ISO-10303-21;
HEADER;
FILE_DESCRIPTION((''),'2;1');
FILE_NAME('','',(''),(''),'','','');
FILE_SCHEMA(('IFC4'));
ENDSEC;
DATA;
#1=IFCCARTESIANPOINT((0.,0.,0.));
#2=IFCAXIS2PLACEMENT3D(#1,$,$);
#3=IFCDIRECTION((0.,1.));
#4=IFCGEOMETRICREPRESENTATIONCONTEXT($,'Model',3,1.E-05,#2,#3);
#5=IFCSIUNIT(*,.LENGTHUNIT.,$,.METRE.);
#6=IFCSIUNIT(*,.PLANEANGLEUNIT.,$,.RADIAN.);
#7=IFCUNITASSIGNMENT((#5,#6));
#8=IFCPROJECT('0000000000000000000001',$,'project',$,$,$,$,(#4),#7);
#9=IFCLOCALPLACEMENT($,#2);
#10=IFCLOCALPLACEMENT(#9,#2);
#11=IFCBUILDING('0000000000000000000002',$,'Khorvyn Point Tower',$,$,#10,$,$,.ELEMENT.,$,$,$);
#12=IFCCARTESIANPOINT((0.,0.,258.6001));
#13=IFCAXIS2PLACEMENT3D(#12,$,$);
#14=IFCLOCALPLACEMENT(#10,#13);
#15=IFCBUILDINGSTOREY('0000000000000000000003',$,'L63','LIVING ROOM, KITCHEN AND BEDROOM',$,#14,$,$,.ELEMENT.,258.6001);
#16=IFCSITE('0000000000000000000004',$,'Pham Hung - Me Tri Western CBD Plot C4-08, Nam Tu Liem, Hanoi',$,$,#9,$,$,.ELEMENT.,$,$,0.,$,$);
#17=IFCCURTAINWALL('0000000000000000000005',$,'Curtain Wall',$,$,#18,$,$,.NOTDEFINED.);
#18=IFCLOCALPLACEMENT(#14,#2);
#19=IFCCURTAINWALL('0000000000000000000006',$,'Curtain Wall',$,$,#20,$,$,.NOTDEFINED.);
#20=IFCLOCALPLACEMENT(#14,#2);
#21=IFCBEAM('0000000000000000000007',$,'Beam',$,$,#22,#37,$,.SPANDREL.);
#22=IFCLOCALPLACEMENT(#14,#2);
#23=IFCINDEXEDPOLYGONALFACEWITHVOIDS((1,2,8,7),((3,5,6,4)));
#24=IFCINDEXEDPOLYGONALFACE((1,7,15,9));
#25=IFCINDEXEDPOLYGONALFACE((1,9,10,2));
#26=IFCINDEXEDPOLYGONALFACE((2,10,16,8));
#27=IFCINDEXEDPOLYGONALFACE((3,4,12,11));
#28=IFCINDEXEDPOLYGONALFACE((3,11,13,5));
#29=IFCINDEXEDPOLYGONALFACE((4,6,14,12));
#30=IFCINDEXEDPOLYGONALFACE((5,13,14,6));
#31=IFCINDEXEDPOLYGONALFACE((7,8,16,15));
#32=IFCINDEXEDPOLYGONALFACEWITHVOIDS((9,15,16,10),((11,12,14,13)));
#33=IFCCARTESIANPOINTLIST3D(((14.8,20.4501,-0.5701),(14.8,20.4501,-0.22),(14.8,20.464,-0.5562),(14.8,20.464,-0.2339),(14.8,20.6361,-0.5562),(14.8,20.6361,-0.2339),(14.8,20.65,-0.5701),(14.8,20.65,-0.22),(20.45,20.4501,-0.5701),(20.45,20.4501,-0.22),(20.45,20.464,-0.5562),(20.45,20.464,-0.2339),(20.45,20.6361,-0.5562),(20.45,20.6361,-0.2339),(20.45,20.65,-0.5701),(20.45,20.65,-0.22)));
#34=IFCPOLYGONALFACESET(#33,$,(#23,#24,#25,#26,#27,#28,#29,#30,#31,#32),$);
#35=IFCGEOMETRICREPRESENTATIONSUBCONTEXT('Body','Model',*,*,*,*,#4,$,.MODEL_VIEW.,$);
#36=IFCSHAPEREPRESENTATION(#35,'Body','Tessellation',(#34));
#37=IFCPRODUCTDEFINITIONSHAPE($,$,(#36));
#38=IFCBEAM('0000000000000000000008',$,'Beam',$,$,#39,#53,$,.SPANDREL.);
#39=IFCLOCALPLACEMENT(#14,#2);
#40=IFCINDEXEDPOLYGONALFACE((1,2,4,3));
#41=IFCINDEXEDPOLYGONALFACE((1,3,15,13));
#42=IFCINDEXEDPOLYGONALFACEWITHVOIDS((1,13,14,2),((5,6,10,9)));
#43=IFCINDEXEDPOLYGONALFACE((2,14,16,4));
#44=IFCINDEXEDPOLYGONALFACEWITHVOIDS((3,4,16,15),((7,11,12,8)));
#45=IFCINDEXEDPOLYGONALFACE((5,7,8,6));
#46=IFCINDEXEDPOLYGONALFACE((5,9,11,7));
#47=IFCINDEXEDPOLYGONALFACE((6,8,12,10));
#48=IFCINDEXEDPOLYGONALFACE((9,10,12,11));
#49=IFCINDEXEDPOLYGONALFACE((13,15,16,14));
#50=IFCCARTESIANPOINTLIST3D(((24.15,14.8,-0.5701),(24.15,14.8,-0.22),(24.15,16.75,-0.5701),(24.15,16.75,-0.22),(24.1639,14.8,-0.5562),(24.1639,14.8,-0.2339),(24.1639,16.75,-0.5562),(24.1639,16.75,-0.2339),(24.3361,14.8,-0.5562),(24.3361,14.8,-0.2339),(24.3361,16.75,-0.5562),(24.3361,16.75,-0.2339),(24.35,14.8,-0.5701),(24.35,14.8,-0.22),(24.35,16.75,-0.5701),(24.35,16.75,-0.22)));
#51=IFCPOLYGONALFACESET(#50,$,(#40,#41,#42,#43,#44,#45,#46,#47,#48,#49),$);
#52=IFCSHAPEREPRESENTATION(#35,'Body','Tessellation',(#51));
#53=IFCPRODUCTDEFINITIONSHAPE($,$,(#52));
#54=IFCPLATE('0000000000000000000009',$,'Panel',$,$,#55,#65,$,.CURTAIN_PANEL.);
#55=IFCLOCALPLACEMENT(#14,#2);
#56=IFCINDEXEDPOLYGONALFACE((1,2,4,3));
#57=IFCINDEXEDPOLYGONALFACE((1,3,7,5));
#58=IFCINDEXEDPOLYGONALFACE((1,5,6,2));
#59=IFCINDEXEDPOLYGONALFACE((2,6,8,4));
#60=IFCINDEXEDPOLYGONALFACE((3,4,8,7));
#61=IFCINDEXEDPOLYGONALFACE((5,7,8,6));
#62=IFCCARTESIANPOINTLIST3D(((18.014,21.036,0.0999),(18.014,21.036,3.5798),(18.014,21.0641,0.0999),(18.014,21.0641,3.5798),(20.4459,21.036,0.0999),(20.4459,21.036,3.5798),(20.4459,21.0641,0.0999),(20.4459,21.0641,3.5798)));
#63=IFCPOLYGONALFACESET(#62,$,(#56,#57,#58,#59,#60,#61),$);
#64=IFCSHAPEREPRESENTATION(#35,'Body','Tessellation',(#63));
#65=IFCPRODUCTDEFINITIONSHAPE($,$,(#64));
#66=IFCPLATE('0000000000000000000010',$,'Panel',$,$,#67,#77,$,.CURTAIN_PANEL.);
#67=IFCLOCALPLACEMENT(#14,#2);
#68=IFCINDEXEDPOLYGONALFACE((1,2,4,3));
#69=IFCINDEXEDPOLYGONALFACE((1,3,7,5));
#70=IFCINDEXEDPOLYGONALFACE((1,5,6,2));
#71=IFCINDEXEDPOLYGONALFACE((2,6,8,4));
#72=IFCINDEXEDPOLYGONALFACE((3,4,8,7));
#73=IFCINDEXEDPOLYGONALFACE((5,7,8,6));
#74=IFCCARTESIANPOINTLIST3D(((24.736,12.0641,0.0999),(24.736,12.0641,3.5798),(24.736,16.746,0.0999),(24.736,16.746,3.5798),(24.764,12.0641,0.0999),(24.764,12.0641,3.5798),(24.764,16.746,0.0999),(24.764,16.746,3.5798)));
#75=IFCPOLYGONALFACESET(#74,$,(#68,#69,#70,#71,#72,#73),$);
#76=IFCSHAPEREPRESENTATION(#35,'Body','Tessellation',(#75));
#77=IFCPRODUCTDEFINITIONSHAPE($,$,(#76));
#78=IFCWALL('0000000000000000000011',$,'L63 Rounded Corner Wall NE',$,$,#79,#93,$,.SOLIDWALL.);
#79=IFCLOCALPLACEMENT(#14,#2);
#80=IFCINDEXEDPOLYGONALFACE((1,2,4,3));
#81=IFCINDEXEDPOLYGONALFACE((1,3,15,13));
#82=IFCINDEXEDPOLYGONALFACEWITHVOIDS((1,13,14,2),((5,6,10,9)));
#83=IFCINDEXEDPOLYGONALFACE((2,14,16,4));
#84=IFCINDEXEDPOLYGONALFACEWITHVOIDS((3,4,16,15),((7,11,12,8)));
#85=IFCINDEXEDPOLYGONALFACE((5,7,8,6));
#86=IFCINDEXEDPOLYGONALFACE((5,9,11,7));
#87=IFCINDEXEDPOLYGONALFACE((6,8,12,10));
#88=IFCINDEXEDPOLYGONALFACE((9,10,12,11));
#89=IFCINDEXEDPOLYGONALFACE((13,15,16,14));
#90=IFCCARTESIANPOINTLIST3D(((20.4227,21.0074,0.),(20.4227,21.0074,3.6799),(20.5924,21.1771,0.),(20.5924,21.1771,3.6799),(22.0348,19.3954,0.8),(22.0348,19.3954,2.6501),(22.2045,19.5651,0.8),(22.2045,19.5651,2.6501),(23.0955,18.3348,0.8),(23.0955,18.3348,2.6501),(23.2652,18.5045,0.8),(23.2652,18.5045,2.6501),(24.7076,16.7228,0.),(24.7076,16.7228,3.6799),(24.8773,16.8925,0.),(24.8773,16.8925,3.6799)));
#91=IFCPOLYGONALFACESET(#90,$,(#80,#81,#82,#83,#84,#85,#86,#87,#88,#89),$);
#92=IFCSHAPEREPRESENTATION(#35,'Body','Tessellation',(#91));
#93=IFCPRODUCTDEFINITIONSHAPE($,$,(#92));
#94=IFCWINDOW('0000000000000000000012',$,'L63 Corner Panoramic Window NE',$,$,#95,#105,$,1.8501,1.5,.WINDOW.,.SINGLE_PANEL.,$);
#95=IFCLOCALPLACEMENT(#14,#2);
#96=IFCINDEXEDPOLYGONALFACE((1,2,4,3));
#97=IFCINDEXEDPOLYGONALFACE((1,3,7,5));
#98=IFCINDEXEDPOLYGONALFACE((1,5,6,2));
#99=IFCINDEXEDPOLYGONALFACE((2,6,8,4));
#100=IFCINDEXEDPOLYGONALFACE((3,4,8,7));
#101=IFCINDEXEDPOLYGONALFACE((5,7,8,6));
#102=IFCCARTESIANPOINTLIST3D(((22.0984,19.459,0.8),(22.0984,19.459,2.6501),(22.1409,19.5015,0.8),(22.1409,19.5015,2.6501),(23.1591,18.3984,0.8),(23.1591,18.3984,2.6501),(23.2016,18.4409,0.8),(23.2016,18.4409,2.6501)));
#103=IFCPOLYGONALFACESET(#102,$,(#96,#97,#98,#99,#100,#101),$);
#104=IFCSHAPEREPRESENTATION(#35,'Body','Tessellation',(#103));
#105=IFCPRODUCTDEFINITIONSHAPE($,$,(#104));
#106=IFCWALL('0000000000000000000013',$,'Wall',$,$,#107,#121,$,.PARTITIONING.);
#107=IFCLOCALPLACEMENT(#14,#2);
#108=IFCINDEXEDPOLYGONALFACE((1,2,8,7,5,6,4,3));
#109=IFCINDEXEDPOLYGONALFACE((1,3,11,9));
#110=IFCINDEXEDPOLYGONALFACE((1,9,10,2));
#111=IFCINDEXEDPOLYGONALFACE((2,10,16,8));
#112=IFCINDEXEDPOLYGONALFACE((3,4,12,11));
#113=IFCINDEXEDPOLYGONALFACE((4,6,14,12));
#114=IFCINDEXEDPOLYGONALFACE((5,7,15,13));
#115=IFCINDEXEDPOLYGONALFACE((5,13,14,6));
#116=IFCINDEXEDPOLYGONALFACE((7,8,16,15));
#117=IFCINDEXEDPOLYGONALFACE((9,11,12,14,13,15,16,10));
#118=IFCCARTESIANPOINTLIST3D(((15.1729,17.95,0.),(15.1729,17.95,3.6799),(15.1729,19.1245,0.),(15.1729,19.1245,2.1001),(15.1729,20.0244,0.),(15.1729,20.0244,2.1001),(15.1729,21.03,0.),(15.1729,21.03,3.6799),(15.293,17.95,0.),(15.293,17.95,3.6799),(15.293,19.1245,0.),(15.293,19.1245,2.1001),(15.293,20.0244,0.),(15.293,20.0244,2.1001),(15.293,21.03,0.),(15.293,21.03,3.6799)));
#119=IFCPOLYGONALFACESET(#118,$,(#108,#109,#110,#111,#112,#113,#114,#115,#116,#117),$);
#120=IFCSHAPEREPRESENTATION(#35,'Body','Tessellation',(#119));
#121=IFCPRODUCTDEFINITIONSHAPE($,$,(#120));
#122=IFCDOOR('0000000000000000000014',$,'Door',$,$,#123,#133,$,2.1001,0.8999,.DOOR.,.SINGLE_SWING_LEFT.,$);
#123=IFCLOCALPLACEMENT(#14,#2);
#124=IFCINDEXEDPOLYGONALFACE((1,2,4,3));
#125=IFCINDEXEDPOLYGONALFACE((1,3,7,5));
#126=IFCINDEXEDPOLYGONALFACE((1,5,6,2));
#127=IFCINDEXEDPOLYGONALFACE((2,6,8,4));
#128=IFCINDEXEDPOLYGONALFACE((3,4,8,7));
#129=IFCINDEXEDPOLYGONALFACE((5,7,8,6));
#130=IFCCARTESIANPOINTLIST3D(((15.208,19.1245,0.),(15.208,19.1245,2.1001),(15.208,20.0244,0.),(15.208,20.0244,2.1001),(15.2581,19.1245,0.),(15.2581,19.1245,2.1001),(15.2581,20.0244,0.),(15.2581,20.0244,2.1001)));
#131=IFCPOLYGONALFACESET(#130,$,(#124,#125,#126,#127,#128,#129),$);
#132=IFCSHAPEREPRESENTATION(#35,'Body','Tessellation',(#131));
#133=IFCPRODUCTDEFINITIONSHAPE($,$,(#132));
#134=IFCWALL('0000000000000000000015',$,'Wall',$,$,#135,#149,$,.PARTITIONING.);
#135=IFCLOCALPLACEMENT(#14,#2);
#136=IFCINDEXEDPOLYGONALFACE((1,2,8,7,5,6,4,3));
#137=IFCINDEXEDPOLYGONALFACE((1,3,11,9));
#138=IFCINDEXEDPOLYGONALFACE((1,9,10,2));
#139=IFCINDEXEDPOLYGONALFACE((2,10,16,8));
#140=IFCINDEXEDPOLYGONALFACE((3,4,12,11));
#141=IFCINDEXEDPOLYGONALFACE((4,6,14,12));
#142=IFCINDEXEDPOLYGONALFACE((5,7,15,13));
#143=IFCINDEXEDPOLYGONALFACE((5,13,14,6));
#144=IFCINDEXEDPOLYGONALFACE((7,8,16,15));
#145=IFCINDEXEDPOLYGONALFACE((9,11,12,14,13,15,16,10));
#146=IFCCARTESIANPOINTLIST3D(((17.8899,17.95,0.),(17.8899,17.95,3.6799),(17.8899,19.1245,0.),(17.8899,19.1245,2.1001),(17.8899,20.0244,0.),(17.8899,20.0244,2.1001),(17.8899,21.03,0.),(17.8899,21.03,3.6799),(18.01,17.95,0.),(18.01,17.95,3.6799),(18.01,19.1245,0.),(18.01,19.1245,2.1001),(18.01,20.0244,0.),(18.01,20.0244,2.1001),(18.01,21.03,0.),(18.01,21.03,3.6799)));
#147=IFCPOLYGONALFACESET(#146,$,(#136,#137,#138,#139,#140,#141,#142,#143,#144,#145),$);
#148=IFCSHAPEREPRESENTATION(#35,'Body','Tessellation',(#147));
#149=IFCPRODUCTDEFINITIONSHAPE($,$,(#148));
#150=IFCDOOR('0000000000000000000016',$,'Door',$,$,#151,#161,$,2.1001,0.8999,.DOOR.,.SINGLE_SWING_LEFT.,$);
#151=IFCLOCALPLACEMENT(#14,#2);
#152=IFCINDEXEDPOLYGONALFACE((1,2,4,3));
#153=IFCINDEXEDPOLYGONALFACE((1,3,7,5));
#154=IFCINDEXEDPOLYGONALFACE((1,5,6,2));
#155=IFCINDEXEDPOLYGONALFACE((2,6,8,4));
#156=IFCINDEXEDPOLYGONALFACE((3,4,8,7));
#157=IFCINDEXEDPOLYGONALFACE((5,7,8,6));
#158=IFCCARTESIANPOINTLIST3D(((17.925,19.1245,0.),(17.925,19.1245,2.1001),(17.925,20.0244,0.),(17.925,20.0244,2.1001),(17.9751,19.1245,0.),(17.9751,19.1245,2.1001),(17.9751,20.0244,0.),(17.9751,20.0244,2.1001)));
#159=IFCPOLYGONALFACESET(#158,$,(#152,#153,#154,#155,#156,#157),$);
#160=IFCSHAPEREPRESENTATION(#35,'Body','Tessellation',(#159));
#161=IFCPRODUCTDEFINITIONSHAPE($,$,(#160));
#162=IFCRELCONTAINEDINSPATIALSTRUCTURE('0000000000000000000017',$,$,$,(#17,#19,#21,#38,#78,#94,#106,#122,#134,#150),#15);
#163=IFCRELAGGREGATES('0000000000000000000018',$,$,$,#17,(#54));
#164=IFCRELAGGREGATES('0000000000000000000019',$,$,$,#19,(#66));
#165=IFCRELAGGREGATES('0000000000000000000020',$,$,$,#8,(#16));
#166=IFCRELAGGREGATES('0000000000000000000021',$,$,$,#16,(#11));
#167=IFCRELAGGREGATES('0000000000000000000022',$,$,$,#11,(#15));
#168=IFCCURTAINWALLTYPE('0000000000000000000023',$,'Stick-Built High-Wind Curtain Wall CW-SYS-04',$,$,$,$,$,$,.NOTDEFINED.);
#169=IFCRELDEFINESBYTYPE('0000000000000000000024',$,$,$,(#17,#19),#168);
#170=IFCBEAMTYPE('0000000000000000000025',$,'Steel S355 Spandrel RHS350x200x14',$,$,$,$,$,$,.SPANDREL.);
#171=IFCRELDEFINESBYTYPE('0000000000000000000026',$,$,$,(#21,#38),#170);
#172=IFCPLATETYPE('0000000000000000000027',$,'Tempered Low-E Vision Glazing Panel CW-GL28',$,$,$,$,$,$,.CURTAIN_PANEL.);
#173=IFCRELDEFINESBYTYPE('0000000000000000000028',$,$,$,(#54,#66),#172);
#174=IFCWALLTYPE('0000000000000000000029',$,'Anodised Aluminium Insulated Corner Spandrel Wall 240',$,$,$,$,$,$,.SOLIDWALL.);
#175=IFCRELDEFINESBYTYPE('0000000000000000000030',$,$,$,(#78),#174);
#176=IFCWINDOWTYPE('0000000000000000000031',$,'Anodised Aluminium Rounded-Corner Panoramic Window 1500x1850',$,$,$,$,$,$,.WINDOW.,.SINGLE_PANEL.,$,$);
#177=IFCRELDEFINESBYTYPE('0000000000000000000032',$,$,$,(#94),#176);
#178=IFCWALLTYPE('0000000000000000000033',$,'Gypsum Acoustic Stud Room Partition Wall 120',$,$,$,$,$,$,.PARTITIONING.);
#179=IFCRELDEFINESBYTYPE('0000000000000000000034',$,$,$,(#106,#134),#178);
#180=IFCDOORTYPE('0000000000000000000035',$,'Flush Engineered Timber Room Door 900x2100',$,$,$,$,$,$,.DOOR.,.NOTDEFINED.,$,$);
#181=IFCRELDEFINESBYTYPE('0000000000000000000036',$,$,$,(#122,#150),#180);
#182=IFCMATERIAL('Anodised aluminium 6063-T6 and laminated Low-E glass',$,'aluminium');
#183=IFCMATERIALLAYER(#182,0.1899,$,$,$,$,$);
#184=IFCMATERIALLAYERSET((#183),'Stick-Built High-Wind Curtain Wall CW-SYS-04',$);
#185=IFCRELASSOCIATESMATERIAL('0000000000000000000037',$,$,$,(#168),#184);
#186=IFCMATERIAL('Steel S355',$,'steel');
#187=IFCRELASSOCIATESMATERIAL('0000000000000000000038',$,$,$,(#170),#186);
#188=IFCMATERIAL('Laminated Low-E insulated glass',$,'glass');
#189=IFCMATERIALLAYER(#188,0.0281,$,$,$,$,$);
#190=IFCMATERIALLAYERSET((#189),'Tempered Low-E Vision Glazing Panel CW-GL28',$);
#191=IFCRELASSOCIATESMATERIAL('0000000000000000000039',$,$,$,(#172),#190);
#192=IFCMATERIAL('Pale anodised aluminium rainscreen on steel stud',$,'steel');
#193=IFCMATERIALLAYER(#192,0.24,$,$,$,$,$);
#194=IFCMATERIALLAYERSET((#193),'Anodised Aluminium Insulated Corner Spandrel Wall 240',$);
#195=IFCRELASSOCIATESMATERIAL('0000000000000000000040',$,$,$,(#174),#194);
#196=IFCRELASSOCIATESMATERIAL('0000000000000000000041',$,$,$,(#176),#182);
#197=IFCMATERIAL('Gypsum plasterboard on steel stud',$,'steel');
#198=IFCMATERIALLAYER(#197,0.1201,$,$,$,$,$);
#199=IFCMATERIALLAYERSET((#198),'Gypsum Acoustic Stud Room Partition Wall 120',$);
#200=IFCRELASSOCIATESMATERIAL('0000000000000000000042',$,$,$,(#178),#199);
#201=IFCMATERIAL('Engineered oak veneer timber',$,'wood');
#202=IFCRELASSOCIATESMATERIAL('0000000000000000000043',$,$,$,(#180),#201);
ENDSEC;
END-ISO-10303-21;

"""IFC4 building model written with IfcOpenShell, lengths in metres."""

from ifc_helpers import new_model, si_unit, direction, frame, frame_2d, origin, origin_2d, place, context, subcontext, project, spatial, rectangle, hollow_rectangle, extrude, material, layer, layer_set, material_profile, profile_set, type_object, element, fill, aggregate, save


model = new_model("IFC4")

# Units and contexts
model_context = context("Model", 3, precision=1e-05, world=origin(), true_north=direction((0.0, 1.0)))
body_context = subcontext(model_context, "Body", "Model", "MODEL_VIEW")
ifc_project = project(units=[si_unit("LENGTHUNIT", "METRE"), si_unit("PLANEANGLEUNIT", "RADIAN")], contexts=[model_context])

# Site, building, storey
site_placement = place(None, origin())
site = spatial("IfcSite", under=ifc_project, at=site_placement, Name="Pham Hung - Me Tri Western CBD Plot C4-08, Nam Tu Liem, Hanoi", CompositionType="ELEMENT", RefElevation=0.0)
building_placement = place(site_placement, origin())
building = spatial("IfcBuilding", under=site, at=building_placement, Name="Khorvyn Point Tower", CompositionType="ELEMENT")
storey_placement = place(building_placement, frame((0.0, 0.0, 258.6001)))
storey = spatial("IfcBuildingStorey", under=building, at=storey_placement, Name="L63", Description="LIVING ROOM, KITCHEN AND BEDROOM", CompositionType="ELEMENT", Elevation=258.6001)

# Shared definitions
ifc_material_1 = material(Name="Steel S355", Category="steel")

# Curtain wall
ifc_material_2 = material(Name="Anodised aluminium 6063-T6 and laminated Low-E glass", Category="aluminium")
ifc_layer_1 = layer(ifc_material_2, 0.1899)
ifc_layer_set_1 = layer_set([ifc_layer_1], Name="Stick-Built High-Wind Curtain Wall CW-SYS-04")
curtain_wall_type = type_object("IfcCurtainWallType", Name="Stick-Built High-Wind Curtain Wall CW-SYS-04", PredefinedType="NOTDEFINED", material=ifc_layer_set_1)
curtain_wall_1_placement = place(storey_placement, origin())
curtain_wall_1 = element("IfcCurtainWall", 1, at=curtain_wall_1_placement, inside=storey, type_object=curtain_wall_type, Name="Curtain Wall", PredefinedType="NOTDEFINED")

# Curtain wall
curtain_wall_2_placement = place(storey_placement, origin())
curtain_wall_2 = element("IfcCurtainWall", 2, at=curtain_wall_2_placement, inside=storey, type_object=curtain_wall_type, Name="Curtain Wall", PredefinedType="NOTDEFINED")

# Beams
ifc_material_profile_1 = material_profile(ifc_material_1, hollow_rectangle(XDim=0.2, YDim=0.3501, WallThickness=0.0139, at=origin_2d()))
ifc_profile_set_1 = profile_set([ifc_material_profile_1], Name="Steel S355 RHS350x200x14")
beam_type_1 = type_object("IfcBeamType", Name="Steel S355 Spandrel RHS350x200x14", PredefinedType="SPANDREL", material=ifc_profile_set_1)
beam_1_placement = place(storey_placement, frame((14.8, 20.55, -0.395), z_axis=(1.0, 0.0, 0.0), x_axis=(0.0, 1.0, 0.0)))
element("IfcBeam", 3, at=beam_1_placement, inside=storey, type_object=beam_type_1, Name="Beam", PredefinedType="SPANDREL", context=body_context, shape_type="SweptSolid", body=[
    extrude(hollow_rectangle(XDim=0.2, YDim=0.3501, WallThickness=0.0139, at=origin_2d()), origin(), (0.0, 0.0, 1.0), 5.6499),
])
beam_2_placement = place(storey_placement, frame((24.25, 14.8, -0.395), z_axis=(0.0, 1.0, 0.0), x_axis=(-1.0, 0.0, 0.0)))
element("IfcBeam", 4, at=beam_2_placement, inside=storey, type_object=beam_type_1, Name="Beam", PredefinedType="SPANDREL", context=body_context, shape_type="SweptSolid", body=[
    extrude(hollow_rectangle(XDim=0.2, YDim=0.3501, WallThickness=0.0139, at=origin_2d()), origin(), (0.0, 0.0, 1.0), 1.95),
])

# Plates
ifc_material_3 = material(Name="Laminated Low-E insulated glass", Category="glass")
ifc_layer_2 = layer(ifc_material_3, 0.0281)
ifc_layer_set_2 = layer_set([ifc_layer_2], Name="Tempered Low-E Vision Glazing Panel CW-GL28")
plate_type = type_object("IfcPlateType", Name="Tempered Low-E Vision Glazing Panel CW-GL28", PredefinedType="CURTAIN_PANEL", material=ifc_layer_set_2)
plate_1_placement = place(storey_placement, frame((19.23, 21.05, 0.0999), z_axis=(0.0, 0.0, 1.0), x_axis=(1.0, 0.0, 0.0)))
plate_1 = element("IfcPlate", 5, at=plate_1_placement, type_object=plate_type, Name="Panel", PredefinedType="CURTAIN_PANEL", context=body_context, shape_type="SweptSolid", body=[
    extrude(rectangle(XDim=2.4319, YDim=0.0281, at=origin_2d()), origin(), (0.0, 0.0, 1.0), 3.48),
])
aggregate(curtain_wall_1, [plate_1])
plate_2_placement = place(storey_placement, frame((24.75, 14.405, 0.0999), z_axis=(0.0, 0.0, 1.0), x_axis=(0.0, -1.0, 0.0)))
plate_2 = element("IfcPlate", 6, at=plate_2_placement, type_object=plate_type, Name="Panel", PredefinedType="CURTAIN_PANEL", context=body_context, shape_type="SweptSolid", body=[
    extrude(rectangle(XDim=4.6819, YDim=0.0281, at=origin_2d()), origin(), (0.0, 0.0, 1.0), 3.48),
])
aggregate(curtain_wall_2, [plate_2])

# Wall, opening, window
ifc_material_4 = material(Name="Pale anodised aluminium rainscreen on steel stud", Category="steel")
ifc_layer_3 = layer(ifc_material_4, 0.24)
ifc_layer_set_3 = layer_set([ifc_layer_3], Name="Anodised Aluminium Insulated Corner Spandrel Wall 240")
wall_type_1 = type_object("IfcWallType", Name="Anodised Aluminium Insulated Corner Spandrel Wall 240", PredefinedType="SOLIDWALL", material=ifc_layer_set_3)
wall_1_placement = place(storey_placement, frame((20.5076, 21.0923, 0.0), z_axis=(0.0, 0.0, 1.0), x_axis=(0.707127, -0.707087, 0.0)))
wall_1 = element("IfcWall", 7, at=wall_1_placement, inside=storey, type_object=wall_type_1, Name="L63 Rounded Corner Wall NE", PredefinedType="SOLIDWALL", context=body_context, shape_type="SweptSolid", body=[
    extrude(rectangle(XDim=6.0596, YDim=0.24, at=frame_2d((3.0298, 0.0))), origin(), (0.0, 0.0, 1.0), 3.6799),
])
opening_1_placement = place(wall_1_placement, frame((2.2798, 0.0, 0.8)))
opening_1 = element("IfcOpeningElement", 8, at=opening_1_placement, cuts=wall_1, PredefinedType="OPENING", context=body_context, shape_type="SweptSolid", body=[
    extrude(rectangle(XDim=1.5, YDim=1.8501, at=frame_2d((0.75, 0.925))), frame((0.0, 0.1299, 0.0), z_axis=(0.0, -1.0, 0.0), x_axis=(1.0, 0.0, 0.0)), (0.0, 0.0, 1.0), 0.26),
])
window_type = type_object("IfcWindowType", Name="Anodised Aluminium Rounded-Corner Panoramic Window 1500x1850", PartitioningType="SINGLE_PANEL", PredefinedType="WINDOW", material=ifc_material_2)
window_placement = place(opening_1_placement, origin())
window = element("IfcWindow", 9, at=window_placement, inside=storey, type_object=window_type, Name="L63 Corner Panoramic Window NE", OverallHeight=1.8501, OverallWidth=1.5, PartitioningType="SINGLE_PANEL", PredefinedType="WINDOW", context=body_context, shape_type="SweptSolid", body=[
    extrude(rectangle(XDim=1.5, YDim=1.8501, at=frame_2d((0.75, 0.925))), frame((0.0, 0.03, 0.0), z_axis=(0.0, -1.0, 0.0), x_axis=(1.0, 0.0, 0.0)), (0.0, 0.0, 1.0), 0.0601),
])
fill(opening_1, window)

# Walls, openings, doors
ifc_material_5 = material(Name="Gypsum plasterboard on steel stud", Category="steel")
ifc_layer_4 = layer(ifc_material_5, 0.1201)
ifc_layer_set_4 = layer_set([ifc_layer_4], Name="Gypsum Acoustic Stud Room Partition Wall 120")
wall_type_2 = type_object("IfcWallType", Name="Gypsum Acoustic Stud Room Partition Wall 120", PredefinedType="PARTITIONING", material=ifc_layer_set_4)
wall_2_placement = place(storey_placement, frame((15.2329, 17.95, 0.0), z_axis=(0.0, 0.0, 1.0), x_axis=(0.0, 1.0, 0.0)))
wall_2 = element("IfcWall", 10, at=wall_2_placement, inside=storey, type_object=wall_type_2, Name="Wall", PredefinedType="PARTITIONING", context=body_context, shape_type="SweptSolid", body=[
    extrude(rectangle(XDim=3.0801, YDim=0.1201, at=frame_2d((1.54, 0.0))), origin(), (0.0, 0.0, 1.0), 3.6799),
])
opening_2_placement = place(wall_2_placement, frame((1.1746, 0.0, 0.0)))
opening_2 = element("IfcOpeningElement", 11, at=opening_2_placement, cuts=wall_2, PredefinedType="OPENING", context=body_context, shape_type="SweptSolid", body=[
    extrude(rectangle(XDim=0.8999, YDim=2.1001, at=frame_2d((0.45, 1.05))), frame((0.0, 0.0701, 0.0), z_axis=(0.0, -1.0, 0.0), x_axis=(1.0, 0.0, 0.0)), (0.0, 0.0, 1.0), 0.1401),
])
ifc_material_6 = material(Name="Engineered oak veneer timber", Category="wood")
door_type_1 = type_object("IfcDoorType", Name="Flush Engineered Timber Room Door 900x2100", OperationType="NOTDEFINED", PredefinedType="DOOR", material=ifc_material_6)
door_1_placement = place(opening_2_placement, origin())
door_1 = element("IfcDoor", 12, at=door_1_placement, inside=storey, type_object=door_type_1, Name="Door", OperationType="SINGLE_SWING_LEFT", OverallHeight=2.1001, OverallWidth=0.8999, PredefinedType="DOOR", context=body_context, shape_type="SweptSolid", body=[
    extrude(rectangle(XDim=0.8999, YDim=2.1001, at=frame_2d((0.45, 1.05))), frame((0.0, 0.0249, 0.0), z_axis=(0.0, -1.0, 0.0), x_axis=(1.0, 0.0, 0.0)), (0.0, 0.0, 1.0), 0.05),
])
fill(opening_2, door_1)
wall_3_placement = place(storey_placement, frame((17.95, 17.95, 0.0), z_axis=(0.0, 0.0, 1.0), x_axis=(0.0, 1.0, 0.0)))
wall_3 = element("IfcWall", 13, at=wall_3_placement, inside=storey, type_object=wall_type_2, Name="Wall", PredefinedType="PARTITIONING", context=body_context, shape_type="SweptSolid", body=[
    extrude(rectangle(XDim=3.0801, YDim=0.1201, at=frame_2d((1.54, 0.0))), origin(), (0.0, 0.0, 1.0), 3.6799),
])
opening_3_placement = place(wall_3_placement, frame((1.1746, 0.0, 0.0)))
opening_3 = element("IfcOpeningElement", 14, at=opening_3_placement, cuts=wall_3, PredefinedType="OPENING", context=body_context, shape_type="SweptSolid", body=[
    extrude(rectangle(XDim=0.8999, YDim=2.1001, at=frame_2d((0.45, 1.05))), frame((0.0, 0.0701, 0.0), z_axis=(0.0, -1.0, 0.0), x_axis=(1.0, 0.0, 0.0)), (0.0, 0.0, 1.0), 0.1401),
])
door_2_placement = place(opening_3_placement, origin())
door_2 = element("IfcDoor", 15, at=door_2_placement, inside=storey, type_object=door_type_1, Name="Door", OperationType="SINGLE_SWING_LEFT", OverallHeight=2.1001, OverallWidth=0.8999, PredefinedType="DOOR", context=body_context, shape_type="SweptSolid", body=[
    extrude(rectangle(XDim=0.8999, YDim=2.1001, at=frame_2d((0.45, 1.05))), frame((0.0, 0.0249, 0.0), z_axis=(0.0, -1.0, 0.0), x_axis=(1.0, 0.0, 0.0)), (0.0, 0.0, 1.0), 0.05),
])
fill(opening_3, door_2)

save(model, "model.ifc")
